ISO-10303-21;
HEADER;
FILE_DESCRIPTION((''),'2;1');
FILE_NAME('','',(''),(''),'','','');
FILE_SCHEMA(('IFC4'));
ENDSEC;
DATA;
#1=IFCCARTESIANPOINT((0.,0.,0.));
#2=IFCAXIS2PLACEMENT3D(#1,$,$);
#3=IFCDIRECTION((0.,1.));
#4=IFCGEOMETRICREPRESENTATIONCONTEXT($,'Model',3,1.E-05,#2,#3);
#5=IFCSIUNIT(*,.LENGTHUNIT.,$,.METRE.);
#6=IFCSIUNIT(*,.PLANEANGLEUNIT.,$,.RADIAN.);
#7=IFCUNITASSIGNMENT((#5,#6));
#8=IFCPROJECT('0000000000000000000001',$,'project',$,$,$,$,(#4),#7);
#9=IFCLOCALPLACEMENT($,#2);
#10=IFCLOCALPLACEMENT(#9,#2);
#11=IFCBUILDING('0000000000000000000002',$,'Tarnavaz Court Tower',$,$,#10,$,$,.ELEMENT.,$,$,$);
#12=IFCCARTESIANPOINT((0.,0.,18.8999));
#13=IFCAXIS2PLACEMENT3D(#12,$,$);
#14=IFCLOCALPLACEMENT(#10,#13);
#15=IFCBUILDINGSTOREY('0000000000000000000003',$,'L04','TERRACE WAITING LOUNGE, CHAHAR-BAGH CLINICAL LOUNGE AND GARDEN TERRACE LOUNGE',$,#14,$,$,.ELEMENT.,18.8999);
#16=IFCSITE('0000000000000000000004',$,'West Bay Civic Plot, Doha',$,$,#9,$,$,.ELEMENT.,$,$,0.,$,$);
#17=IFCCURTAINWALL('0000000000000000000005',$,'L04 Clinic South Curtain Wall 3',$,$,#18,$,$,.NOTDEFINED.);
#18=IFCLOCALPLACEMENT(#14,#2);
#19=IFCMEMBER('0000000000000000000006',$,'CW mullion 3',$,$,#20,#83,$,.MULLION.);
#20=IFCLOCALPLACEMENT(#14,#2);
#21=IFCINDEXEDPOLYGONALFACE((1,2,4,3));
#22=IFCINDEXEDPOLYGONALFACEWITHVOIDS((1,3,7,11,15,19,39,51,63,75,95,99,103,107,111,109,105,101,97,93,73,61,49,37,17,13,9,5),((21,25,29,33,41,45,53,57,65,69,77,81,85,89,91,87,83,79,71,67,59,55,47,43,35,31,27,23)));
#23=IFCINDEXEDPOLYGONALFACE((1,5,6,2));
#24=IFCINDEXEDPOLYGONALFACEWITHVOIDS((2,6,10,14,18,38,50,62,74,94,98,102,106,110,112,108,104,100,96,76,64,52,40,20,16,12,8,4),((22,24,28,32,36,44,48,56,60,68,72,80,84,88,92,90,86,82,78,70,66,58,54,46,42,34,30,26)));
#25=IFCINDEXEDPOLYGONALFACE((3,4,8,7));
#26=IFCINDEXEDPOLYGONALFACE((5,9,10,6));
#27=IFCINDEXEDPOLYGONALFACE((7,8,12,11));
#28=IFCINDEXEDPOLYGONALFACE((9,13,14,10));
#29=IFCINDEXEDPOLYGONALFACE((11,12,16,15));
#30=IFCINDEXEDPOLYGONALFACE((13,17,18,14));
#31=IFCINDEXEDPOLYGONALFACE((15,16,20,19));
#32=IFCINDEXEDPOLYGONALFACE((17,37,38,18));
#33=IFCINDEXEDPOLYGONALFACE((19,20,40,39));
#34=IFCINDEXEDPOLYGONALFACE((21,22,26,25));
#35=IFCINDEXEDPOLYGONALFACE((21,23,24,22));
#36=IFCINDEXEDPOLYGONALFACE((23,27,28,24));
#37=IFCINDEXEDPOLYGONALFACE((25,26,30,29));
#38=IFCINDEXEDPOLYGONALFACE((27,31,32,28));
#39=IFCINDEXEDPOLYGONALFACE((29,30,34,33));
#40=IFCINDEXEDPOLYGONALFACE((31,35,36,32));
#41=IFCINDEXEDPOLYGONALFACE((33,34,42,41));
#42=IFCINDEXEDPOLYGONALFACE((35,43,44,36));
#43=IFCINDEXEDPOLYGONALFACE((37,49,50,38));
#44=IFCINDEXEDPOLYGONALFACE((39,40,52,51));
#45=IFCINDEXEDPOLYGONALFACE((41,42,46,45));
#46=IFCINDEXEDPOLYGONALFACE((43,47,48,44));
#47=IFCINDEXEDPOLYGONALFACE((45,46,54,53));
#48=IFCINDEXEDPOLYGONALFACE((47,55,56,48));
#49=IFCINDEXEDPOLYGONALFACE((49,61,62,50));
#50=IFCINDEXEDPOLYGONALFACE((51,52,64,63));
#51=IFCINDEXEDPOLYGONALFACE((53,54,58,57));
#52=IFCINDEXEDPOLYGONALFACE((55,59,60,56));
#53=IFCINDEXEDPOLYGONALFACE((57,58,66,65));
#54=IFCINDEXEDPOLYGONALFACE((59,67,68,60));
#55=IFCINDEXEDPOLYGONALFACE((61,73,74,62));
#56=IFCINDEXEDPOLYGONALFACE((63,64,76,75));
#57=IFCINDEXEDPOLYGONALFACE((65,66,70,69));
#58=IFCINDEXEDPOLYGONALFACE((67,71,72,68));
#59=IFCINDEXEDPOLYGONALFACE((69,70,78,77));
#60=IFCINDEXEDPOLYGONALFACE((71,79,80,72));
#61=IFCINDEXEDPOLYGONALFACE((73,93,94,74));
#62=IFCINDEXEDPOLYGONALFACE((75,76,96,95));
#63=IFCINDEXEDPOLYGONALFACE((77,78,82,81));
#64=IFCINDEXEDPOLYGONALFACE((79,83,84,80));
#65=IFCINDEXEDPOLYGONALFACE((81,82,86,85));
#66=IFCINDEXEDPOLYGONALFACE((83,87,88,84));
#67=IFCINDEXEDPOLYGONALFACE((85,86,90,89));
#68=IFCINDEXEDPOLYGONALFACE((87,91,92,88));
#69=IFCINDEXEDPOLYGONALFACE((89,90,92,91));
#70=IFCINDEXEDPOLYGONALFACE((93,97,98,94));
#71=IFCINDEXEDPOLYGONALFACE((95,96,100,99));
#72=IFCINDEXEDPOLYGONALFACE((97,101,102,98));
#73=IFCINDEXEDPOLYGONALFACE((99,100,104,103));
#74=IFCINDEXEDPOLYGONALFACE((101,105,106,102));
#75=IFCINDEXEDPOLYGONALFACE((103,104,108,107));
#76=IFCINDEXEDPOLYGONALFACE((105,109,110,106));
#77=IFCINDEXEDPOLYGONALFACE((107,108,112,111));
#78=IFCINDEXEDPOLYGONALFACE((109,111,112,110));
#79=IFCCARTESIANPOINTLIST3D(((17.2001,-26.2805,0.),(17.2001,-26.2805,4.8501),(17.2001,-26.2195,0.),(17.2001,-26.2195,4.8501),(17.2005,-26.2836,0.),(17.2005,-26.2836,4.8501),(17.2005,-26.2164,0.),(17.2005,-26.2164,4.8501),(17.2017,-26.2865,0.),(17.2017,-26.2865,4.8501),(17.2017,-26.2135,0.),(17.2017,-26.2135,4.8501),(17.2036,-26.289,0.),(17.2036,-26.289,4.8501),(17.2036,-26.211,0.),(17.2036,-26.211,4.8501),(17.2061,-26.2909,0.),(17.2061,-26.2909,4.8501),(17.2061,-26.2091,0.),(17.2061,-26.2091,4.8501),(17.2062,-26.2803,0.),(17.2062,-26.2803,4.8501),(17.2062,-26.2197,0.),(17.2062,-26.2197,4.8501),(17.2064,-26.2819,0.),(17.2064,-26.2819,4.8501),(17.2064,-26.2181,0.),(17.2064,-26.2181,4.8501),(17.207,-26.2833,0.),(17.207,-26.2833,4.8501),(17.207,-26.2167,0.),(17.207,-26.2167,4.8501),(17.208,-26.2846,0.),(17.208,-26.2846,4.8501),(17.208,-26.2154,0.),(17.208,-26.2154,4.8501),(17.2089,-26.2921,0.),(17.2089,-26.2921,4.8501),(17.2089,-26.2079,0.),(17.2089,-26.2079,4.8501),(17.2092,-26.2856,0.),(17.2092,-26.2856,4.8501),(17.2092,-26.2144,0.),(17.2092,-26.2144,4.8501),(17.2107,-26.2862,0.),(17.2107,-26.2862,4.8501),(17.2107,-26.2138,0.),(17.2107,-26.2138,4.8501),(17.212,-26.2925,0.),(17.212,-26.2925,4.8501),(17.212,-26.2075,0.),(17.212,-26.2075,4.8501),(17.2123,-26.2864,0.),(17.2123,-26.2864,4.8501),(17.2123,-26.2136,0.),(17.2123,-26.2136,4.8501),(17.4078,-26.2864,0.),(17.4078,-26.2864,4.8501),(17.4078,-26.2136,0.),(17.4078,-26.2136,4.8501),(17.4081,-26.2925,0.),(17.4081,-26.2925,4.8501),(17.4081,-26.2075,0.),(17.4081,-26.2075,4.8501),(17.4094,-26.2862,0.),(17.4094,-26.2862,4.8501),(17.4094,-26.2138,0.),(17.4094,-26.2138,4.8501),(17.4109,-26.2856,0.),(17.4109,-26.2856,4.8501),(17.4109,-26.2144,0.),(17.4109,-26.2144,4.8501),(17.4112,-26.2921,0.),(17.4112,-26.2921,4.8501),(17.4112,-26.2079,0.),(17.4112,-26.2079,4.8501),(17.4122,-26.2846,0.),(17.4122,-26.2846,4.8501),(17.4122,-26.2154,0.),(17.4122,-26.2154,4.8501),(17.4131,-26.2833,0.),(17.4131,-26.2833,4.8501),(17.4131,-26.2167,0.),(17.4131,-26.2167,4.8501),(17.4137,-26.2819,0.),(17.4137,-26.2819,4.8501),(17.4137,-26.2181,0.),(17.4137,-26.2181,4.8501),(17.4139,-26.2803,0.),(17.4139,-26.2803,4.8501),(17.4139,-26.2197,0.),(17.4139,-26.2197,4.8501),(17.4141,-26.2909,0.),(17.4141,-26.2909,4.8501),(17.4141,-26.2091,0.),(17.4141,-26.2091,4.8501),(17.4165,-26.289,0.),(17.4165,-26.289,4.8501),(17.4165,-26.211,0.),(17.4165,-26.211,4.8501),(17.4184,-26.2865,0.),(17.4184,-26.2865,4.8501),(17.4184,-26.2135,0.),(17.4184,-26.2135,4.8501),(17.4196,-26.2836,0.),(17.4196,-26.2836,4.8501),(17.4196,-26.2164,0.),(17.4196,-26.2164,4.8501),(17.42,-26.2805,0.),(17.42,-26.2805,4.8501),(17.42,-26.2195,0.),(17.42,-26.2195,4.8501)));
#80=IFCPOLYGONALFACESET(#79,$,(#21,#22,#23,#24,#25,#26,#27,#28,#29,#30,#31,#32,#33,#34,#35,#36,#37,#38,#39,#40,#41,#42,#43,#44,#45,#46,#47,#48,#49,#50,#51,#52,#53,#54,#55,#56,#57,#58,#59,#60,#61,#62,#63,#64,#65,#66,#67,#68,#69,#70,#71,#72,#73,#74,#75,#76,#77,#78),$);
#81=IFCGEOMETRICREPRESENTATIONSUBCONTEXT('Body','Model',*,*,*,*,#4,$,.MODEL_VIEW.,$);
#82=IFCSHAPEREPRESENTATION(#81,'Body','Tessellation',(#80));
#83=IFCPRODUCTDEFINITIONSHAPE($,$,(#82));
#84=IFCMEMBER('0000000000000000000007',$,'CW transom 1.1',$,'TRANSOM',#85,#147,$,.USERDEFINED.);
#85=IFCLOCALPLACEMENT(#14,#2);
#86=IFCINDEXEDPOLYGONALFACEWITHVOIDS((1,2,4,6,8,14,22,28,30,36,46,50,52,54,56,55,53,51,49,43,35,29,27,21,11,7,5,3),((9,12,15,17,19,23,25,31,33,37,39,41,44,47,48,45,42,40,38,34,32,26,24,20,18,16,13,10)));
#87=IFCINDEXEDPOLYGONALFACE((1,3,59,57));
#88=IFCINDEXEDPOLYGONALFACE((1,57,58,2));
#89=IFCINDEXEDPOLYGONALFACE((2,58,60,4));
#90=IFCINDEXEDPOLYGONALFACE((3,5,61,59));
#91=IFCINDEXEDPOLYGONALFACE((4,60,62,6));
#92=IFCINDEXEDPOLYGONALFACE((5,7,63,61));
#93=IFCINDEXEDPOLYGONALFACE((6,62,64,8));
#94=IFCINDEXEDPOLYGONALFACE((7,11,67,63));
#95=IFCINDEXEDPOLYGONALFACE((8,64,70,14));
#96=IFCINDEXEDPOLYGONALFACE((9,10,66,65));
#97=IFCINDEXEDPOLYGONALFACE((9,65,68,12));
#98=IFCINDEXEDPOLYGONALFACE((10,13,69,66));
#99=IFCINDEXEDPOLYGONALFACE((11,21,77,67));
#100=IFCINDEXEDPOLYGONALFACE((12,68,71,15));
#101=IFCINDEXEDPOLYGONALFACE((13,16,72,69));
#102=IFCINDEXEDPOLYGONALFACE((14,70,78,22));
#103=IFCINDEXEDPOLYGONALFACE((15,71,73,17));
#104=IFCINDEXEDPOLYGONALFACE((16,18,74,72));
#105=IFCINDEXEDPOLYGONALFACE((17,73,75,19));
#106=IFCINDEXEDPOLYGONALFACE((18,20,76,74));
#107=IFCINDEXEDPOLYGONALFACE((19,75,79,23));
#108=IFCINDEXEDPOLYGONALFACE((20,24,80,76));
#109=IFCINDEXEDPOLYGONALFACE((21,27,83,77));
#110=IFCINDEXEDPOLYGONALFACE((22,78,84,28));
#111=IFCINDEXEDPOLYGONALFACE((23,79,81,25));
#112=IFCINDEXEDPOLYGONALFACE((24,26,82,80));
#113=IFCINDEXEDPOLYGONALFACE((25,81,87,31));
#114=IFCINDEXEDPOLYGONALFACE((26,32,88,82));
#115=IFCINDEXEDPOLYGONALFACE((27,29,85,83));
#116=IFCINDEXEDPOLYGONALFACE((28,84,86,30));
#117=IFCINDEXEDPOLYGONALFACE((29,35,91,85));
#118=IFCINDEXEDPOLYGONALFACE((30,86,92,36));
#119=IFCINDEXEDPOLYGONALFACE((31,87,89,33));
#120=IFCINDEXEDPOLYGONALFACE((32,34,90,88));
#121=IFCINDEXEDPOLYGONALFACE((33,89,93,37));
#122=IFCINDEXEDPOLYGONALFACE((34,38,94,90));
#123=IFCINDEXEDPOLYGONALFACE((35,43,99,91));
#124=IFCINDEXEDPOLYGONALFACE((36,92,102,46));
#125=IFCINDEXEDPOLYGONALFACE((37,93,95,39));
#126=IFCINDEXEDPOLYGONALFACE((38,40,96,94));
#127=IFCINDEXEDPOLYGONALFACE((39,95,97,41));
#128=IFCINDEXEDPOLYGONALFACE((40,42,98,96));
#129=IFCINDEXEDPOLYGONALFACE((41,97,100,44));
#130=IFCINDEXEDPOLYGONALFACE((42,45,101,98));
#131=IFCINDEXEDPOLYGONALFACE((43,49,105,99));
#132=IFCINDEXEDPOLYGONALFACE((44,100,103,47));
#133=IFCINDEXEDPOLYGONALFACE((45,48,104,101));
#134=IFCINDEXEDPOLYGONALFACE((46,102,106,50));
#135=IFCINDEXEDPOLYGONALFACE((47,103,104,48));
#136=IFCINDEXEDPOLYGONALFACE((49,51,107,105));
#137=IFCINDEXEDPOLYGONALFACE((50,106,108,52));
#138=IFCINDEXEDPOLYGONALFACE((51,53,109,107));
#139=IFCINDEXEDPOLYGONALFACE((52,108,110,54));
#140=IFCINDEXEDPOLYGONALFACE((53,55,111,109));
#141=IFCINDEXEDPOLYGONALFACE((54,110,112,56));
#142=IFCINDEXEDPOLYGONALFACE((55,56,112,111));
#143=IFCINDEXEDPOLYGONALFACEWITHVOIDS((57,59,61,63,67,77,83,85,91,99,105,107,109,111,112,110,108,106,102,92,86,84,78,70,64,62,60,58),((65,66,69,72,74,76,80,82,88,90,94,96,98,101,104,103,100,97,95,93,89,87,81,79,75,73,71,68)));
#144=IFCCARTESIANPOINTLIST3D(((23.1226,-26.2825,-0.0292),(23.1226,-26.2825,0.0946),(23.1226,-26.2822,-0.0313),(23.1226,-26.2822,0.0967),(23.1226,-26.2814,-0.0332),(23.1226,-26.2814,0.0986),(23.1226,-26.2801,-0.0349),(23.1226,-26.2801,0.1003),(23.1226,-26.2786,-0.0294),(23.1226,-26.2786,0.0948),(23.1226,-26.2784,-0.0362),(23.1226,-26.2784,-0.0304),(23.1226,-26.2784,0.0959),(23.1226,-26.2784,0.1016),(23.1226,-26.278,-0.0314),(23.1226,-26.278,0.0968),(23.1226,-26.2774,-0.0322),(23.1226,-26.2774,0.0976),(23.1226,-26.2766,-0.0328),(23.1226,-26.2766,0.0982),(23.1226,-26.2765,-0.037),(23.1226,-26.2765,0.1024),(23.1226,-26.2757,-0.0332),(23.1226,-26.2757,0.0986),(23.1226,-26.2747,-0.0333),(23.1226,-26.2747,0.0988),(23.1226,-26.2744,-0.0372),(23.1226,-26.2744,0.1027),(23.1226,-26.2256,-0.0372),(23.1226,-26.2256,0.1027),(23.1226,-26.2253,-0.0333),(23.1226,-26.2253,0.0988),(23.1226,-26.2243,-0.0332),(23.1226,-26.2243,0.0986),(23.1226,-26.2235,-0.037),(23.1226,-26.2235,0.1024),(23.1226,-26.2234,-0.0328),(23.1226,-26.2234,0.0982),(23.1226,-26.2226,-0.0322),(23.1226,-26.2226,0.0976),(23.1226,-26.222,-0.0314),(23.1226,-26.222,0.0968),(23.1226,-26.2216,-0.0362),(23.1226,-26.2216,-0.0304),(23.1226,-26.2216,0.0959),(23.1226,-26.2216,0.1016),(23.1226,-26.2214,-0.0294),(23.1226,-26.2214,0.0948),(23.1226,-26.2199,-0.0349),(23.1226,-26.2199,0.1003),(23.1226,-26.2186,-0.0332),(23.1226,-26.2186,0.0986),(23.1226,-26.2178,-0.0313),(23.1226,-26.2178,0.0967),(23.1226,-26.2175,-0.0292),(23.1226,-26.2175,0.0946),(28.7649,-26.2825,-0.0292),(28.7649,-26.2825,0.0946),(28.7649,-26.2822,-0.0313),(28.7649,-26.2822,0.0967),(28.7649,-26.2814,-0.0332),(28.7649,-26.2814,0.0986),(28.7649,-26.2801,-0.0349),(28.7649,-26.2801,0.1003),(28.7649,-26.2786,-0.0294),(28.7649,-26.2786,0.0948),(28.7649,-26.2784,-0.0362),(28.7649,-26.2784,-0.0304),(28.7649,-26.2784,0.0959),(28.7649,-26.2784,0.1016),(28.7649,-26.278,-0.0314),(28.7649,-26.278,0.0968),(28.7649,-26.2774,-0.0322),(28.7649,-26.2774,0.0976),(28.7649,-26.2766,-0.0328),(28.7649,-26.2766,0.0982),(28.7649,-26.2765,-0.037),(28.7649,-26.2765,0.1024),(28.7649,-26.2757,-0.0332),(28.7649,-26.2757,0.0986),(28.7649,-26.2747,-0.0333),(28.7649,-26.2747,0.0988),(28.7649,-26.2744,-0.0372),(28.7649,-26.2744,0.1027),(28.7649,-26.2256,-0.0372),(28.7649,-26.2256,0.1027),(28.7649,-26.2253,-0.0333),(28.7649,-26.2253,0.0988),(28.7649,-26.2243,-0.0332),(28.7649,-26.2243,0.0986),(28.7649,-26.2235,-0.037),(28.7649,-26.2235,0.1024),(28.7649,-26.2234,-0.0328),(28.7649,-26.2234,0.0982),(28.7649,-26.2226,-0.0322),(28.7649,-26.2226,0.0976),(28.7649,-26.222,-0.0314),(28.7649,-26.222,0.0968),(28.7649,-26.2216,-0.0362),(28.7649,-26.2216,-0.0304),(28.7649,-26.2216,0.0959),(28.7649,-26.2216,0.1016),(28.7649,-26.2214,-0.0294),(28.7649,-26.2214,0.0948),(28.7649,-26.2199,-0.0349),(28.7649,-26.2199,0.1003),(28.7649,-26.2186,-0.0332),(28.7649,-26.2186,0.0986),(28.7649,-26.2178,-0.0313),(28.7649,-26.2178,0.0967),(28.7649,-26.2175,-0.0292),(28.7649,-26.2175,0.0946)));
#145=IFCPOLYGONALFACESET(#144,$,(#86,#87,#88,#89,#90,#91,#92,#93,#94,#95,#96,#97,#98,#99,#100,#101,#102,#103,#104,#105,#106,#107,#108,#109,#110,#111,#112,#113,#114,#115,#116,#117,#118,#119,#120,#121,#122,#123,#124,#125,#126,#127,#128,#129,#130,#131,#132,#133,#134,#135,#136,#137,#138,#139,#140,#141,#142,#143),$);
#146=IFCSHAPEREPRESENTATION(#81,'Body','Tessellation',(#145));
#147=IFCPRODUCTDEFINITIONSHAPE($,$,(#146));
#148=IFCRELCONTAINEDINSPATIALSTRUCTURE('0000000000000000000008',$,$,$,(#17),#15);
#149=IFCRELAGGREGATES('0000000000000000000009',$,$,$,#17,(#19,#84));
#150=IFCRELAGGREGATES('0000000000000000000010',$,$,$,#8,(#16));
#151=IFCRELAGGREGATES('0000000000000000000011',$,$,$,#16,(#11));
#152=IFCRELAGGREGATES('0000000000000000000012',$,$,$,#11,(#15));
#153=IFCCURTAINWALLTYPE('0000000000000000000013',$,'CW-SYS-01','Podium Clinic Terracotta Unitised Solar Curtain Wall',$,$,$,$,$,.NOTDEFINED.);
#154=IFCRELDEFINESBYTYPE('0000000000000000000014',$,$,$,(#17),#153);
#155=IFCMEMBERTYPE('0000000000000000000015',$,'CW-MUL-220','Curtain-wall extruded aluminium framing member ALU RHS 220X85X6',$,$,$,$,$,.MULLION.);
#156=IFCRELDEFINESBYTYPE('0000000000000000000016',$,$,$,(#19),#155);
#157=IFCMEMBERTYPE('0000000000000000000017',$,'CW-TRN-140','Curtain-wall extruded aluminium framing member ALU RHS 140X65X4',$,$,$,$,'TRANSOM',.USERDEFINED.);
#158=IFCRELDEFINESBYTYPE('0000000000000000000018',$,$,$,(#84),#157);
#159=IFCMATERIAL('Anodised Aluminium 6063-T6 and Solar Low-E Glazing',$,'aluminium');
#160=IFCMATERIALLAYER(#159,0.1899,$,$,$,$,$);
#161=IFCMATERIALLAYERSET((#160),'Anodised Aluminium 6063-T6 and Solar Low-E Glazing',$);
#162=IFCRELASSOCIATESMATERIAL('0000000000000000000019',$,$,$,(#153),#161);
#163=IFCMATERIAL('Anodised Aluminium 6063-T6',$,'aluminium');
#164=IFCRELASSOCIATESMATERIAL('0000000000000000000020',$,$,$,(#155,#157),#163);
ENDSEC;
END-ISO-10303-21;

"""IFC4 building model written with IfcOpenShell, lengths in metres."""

from ifc_helpers import new_model, si_unit, direction, frame, origin, origin_2d, place, context, subcontext, project, spatial, hollow_rectangle, extrude, material, layer, layer_set, material_profile, profile_set, type_object, element, aggregate, save


model = new_model("IFC4")

# Units and contexts
model_context = context("Model", 3, precision=1e-05, world=origin(), true_north=direction((0.0, 1.0)))
body_context = subcontext(model_context, "Body", "Model", "MODEL_VIEW")
ifc_project = project(units=[si_unit("LENGTHUNIT", "METRE"), si_unit("PLANEANGLEUNIT", "RADIAN")], contexts=[model_context])

# Site, building, storey
site_placement = place(None, origin())
site = spatial("IfcSite", under=ifc_project, at=site_placement, Name="West Bay Civic Plot, Doha", CompositionType="ELEMENT", RefElevation=0.0)
building_placement = place(site_placement, origin())
building = spatial("IfcBuilding", under=site, at=building_placement, Name="Tarnavaz Court Tower", CompositionType="ELEMENT")
storey_placement = place(building_placement, frame((0.0, 0.0, 18.8999)))
storey = spatial("IfcBuildingStorey", under=building, at=storey_placement, Name="L04", Description="TERRACE WAITING LOUNGE, CHAHAR-BAGH CLINICAL LOUNGE AND GARDEN TERRACE LOUNGE", CompositionType="ELEMENT", Elevation=18.8999)

# Curtain wall, members
ifc_material_1 = material(Name="Anodised Aluminium 6063-T6 and Solar Low-E Glazing", Category="aluminium")
ifc_layer_1 = layer(ifc_material_1, 0.1899)
ifc_layer_set_1 = layer_set([ifc_layer_1], Name="Anodised Aluminium 6063-T6 and Solar Low-E Glazing")
curtain_wall_type = type_object("IfcCurtainWallType", Name="CW-SYS-01", Description="Podium Clinic Terracotta Unitised Solar Curtain Wall", PredefinedType="NOTDEFINED", material=ifc_layer_set_1)
curtain_wall_placement = place(storey_placement, origin())
curtain_wall = element("IfcCurtainWall", 1, at=curtain_wall_placement, inside=storey, type_object=curtain_wall_type, Name="L04 Clinic South Curtain Wall 3", PredefinedType="NOTDEFINED")
ifc_material_2 = material(Name="Anodised Aluminium 6063-T6", Category="aluminium")
ifc_material_profile_1 = material_profile(ifc_material_2, hollow_rectangle(XDim=0.085, YDim=0.22, WallThickness=0.0061, InnerFilletRadius=0.0061, OuterFilletRadius=0.012, at=origin_2d()), Name="ALU RHS 220X85X6")
ifc_profile_set_1 = profile_set([ifc_material_profile_1], Name="Anodised Aluminium 6063-T6")
member_type_1 = type_object("IfcMemberType", Name="CW-MUL-220", Description="Curtain-wall extruded aluminium framing member ALU RHS 220X85X6", PredefinedType="MULLION", material=ifc_profile_set_1)
member_1_placement = place(storey_placement, frame((17.3101, -26.25, 0.0), z_axis=(0.0, 0.0, 1.0), x_axis=(0.0, -1.0, 0.0)))
member_1 = element("IfcMember", 2, at=member_1_placement, type_object=member_type_1, Name="CW mullion 3", PredefinedType="MULLION", context=body_context, shape_type="SweptSolid", body=[
    extrude(hollow_rectangle(XDim=0.085, YDim=0.22, WallThickness=0.0061, InnerFilletRadius=0.0061, OuterFilletRadius=0.012, at=origin_2d()), origin(), (0.0, 0.0, 1.0), 4.8501),
])
ifc_material_profile_2 = material_profile(ifc_material_2, hollow_rectangle(XDim=0.0649, YDim=0.1399, WallThickness=0.0039, InnerFilletRadius=0.0039, OuterFilletRadius=0.0081, at=origin_2d()), Name="ALU RHS 140X65X4")
ifc_profile_set_2 = profile_set([ifc_material_profile_2], Name="Anodised Aluminium 6063-T6")
member_type_2 = type_object("IfcMemberType", Name="CW-TRN-140", Description="Curtain-wall extruded aluminium framing member ALU RHS 140X65X4", ElementType="TRANSOM", PredefinedType="USERDEFINED", material=ifc_profile_set_2)
member_2_placement = place(storey_placement, frame((28.7649, -26.25, 0.0327), z_axis=(-1.0, 0.0, 0.0), x_axis=(0.0, -1.0, 0.0)))
member_2 = element("IfcMember", 3, at=member_2_placement, type_object=member_type_2, Name="CW transom 1.1", ObjectType="TRANSOM", PredefinedType="USERDEFINED", context=body_context, shape_type="SweptSolid", body=[
    extrude(hollow_rectangle(XDim=0.0649, YDim=0.1399, WallThickness=0.0039, InnerFilletRadius=0.0039, OuterFilletRadius=0.0081, at=origin_2d()), origin(), (0.0, 0.0, 1.0), 5.6423),
])
aggregate(curtain_wall, [member_1, member_2])

save(model, "model.ifc")
